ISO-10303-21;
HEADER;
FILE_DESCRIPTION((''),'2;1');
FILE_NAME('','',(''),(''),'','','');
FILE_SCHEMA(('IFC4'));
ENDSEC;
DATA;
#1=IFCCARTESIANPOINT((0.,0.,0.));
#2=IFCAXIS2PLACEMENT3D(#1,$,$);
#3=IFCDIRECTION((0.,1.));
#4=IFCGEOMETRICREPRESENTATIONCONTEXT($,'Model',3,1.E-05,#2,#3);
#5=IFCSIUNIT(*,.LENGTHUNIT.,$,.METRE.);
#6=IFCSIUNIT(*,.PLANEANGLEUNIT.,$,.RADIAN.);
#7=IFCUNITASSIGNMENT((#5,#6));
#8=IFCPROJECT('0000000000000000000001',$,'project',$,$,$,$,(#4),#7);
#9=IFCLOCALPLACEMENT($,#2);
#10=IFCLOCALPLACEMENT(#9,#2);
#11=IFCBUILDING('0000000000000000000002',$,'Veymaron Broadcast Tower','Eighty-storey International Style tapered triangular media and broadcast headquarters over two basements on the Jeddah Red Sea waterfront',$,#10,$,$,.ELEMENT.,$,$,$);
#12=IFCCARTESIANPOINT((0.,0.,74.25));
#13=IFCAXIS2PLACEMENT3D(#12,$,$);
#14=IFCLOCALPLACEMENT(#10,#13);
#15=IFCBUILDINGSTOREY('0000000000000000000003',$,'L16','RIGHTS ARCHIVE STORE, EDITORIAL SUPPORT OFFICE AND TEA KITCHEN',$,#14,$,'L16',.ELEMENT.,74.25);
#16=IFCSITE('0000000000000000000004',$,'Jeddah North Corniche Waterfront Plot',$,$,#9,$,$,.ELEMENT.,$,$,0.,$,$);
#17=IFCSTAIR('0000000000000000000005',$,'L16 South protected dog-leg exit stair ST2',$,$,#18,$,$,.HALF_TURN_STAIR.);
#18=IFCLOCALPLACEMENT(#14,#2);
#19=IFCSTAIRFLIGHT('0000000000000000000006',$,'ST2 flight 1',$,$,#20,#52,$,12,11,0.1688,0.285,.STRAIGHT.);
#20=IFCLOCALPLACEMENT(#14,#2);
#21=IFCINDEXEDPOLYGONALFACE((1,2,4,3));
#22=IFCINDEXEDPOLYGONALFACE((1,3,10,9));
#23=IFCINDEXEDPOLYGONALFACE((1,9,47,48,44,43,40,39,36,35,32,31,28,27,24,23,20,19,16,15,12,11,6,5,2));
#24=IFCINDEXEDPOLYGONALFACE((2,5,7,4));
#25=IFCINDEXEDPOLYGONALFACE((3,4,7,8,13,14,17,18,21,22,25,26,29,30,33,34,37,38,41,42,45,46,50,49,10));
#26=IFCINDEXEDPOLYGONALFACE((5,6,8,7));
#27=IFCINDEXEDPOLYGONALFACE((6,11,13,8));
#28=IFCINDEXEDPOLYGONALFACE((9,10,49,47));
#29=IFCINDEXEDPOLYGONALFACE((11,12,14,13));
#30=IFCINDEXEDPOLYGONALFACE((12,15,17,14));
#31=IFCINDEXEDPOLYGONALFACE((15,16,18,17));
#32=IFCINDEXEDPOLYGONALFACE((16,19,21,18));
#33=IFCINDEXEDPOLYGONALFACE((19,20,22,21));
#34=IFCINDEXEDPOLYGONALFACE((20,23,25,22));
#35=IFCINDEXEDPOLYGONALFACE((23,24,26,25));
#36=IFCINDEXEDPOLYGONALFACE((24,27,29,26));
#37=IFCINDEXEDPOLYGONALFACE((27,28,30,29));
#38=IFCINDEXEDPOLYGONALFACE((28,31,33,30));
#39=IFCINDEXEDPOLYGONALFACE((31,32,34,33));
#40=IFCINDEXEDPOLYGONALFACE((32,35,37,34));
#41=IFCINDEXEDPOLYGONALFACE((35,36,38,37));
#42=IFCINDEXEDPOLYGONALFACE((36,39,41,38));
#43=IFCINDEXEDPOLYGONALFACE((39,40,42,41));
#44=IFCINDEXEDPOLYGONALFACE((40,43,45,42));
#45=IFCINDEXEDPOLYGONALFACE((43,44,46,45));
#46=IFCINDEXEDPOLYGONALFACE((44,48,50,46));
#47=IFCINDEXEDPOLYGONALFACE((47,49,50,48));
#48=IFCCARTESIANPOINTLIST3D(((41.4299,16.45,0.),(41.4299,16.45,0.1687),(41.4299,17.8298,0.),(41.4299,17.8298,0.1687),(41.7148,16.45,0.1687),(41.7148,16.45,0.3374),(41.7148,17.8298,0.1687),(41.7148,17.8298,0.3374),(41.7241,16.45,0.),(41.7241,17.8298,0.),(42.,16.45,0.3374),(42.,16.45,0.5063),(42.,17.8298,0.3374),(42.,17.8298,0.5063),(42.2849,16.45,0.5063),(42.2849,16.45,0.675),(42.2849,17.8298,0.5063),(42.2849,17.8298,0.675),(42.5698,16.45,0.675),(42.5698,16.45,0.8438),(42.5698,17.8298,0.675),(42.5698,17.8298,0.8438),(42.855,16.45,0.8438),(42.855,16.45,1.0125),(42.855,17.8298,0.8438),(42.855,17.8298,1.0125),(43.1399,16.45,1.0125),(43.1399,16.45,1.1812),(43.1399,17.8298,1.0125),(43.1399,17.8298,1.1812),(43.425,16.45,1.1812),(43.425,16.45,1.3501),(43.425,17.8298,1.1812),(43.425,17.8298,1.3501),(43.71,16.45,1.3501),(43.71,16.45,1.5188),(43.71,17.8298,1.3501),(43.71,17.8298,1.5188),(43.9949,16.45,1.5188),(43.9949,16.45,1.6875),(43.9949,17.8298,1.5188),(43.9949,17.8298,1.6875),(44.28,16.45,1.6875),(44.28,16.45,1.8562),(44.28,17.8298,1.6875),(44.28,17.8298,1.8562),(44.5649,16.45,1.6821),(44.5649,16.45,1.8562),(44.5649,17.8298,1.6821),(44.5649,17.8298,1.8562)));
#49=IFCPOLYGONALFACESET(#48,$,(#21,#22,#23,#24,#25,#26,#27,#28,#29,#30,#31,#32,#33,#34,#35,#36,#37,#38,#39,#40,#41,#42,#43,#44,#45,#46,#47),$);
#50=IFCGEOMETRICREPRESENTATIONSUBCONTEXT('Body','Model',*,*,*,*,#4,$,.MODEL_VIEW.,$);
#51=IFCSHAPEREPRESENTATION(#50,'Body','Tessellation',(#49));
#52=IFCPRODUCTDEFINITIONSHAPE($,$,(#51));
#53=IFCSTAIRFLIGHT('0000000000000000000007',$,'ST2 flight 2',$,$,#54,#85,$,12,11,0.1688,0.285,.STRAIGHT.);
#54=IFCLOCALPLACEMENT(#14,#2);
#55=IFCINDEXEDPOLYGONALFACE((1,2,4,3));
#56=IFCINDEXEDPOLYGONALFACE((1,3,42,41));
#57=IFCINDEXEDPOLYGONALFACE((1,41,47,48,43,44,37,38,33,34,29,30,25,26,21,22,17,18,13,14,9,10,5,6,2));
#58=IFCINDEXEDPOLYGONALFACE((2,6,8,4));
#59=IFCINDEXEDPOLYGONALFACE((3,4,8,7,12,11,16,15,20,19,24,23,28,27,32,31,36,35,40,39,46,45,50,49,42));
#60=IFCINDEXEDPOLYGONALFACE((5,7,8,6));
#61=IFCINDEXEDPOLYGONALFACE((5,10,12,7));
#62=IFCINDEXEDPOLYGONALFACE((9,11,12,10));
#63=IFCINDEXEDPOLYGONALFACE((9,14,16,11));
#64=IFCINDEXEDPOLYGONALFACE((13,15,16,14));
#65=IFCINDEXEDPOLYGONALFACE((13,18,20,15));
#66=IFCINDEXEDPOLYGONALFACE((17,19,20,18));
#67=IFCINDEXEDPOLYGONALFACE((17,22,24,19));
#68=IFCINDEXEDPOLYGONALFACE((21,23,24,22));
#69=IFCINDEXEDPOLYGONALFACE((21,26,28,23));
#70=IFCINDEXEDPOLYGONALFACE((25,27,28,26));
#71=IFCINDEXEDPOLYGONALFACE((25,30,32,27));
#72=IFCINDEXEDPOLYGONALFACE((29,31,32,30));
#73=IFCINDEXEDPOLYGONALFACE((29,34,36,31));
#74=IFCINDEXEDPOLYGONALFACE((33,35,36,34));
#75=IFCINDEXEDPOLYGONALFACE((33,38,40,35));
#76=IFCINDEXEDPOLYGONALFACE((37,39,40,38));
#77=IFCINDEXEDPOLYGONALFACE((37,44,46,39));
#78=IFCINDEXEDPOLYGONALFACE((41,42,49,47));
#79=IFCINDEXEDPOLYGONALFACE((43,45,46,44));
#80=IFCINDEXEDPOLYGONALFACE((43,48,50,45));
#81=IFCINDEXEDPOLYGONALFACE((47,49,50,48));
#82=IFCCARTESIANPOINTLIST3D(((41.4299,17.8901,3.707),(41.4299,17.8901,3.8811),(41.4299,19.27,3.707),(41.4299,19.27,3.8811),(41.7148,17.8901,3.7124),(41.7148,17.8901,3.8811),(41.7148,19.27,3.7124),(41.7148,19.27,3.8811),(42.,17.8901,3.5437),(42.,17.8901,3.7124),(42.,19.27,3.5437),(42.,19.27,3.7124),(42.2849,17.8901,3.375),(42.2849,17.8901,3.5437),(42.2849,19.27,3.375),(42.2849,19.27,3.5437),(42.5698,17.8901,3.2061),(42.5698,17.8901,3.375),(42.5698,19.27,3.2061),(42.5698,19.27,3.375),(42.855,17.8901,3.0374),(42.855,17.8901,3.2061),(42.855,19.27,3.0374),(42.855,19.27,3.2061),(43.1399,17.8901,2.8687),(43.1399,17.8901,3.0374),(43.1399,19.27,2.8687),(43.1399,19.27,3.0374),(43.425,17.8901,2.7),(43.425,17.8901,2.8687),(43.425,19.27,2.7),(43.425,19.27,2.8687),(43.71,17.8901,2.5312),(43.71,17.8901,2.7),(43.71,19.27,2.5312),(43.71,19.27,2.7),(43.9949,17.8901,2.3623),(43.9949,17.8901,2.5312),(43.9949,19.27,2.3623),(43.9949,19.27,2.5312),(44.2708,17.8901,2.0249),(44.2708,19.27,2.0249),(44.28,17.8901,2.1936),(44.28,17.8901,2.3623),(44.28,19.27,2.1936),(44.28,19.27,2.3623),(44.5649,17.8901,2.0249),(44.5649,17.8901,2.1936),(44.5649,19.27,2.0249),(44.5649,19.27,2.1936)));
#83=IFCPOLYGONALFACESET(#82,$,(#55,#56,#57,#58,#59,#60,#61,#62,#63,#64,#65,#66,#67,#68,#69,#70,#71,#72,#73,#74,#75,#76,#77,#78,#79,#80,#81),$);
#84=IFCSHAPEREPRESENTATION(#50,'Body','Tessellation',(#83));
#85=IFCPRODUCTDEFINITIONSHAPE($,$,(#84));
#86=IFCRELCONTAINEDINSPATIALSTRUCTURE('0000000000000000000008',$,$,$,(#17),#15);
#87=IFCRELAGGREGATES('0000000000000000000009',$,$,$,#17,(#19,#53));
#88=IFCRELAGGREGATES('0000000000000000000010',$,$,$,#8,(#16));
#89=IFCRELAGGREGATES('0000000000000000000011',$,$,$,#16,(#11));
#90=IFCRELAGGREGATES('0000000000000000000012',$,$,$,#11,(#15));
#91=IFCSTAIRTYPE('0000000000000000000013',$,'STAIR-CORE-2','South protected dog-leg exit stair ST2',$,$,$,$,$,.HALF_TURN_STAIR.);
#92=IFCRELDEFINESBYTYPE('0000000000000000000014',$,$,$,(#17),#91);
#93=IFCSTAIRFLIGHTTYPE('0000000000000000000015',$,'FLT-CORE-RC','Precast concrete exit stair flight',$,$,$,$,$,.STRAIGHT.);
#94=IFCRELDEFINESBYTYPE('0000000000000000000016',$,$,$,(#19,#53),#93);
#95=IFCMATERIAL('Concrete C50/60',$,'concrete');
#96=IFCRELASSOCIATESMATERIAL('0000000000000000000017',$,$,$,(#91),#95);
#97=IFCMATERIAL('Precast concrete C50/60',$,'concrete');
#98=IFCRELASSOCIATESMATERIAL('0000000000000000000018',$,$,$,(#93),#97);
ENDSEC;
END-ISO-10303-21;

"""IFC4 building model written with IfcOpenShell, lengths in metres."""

from ifc_helpers import new_model, si_unit, direction, frame, origin, place, context, subcontext, project, spatial, polyline, outline, extrude, material, type_object, element, aggregate, save


model = new_model("IFC4")

# Units and contexts
model_context = context("Model", 3, precision=1e-05, world=origin(), true_north=direction((0.0, 1.0)))
body_context = subcontext(model_context, "Body", "Model", "MODEL_VIEW")
ifc_project = project(units=[si_unit("LENGTHUNIT", "METRE"), si_unit("PLANEANGLEUNIT", "RADIAN")], contexts=[model_context])

# Site, building, storey
site_placement = place(None, origin())
site = spatial("IfcSite", under=ifc_project, at=site_placement, Name="Jeddah North Corniche Waterfront Plot", CompositionType="ELEMENT", RefElevation=0.0)
building_placement = place(site_placement, origin())
building = spatial("IfcBuilding", under=site, at=building_placement, Name="Veymaron Broadcast Tower", Description="Eighty-storey International Style tapered triangular media and broadcast headquarters over two basements on the Jeddah Red Sea waterfront", CompositionType="ELEMENT")
storey_placement = place(building_placement, frame((0.0, 0.0, 74.25)))
storey = spatial("IfcBuildingStorey", under=building, at=storey_placement, Name="L16", Description="RIGHTS ARCHIVE STORE, EDITORIAL SUPPORT OFFICE AND TEA KITCHEN", LongName="L16", CompositionType="ELEMENT", Elevation=74.25)

# Shared definitions
ifc_material_1 = material(Name="Concrete C50/60", Category="concrete")

# Stair, stair flights
stair_type = type_object("IfcStairType", Name="STAIR-CORE-2", Description="South protected dog-leg exit stair ST2", PredefinedType="HALF_TURN_STAIR", material=ifc_material_1)
stair_placement = place(storey_placement, origin())
stair = element("IfcStair", 1, at=stair_placement, inside=storey, type_object=stair_type, Name="L16 South protected dog-leg exit stair ST2", PredefinedType="HALF_TURN_STAIR")
ifc_material_2 = material(Name="Precast concrete C50/60", Category="concrete")
stair_flight_type = type_object("IfcStairFlightType", Name="FLT-CORE-RC", Description="Precast concrete exit stair flight", PredefinedType="STRAIGHT", material=ifc_material_2)
stair_flight_1_placement = place(storey_placement, frame((41.4299, 17.1399, 0.0), z_axis=(0.0, 0.0, 1.0), x_axis=(1.0, 0.0, 0.0)))
stair_flight_1 = element("IfcStairFlight", 2, at=stair_flight_1_placement, type_object=stair_flight_type, Name="ST2 flight 1", NumberOfRisers=12, NumberOfTreads=11, PredefinedType="STRAIGHT", RiserHeight=0.1688, TreadLength=0.285, context=body_context, shape_type="SweptSolid", body=[
    extrude(outline(polyline([(0.0, 0.0), (0.0, 0.1687), (0.2849, 0.1687), (0.2849, 0.3374), (0.5701, 0.3374), (0.5701, 0.5063), (0.855, 0.5063), (0.855, 0.675), (1.1399, 0.675), (1.1399, 0.8438), (1.425, 0.8438), (1.425, 1.0125), (1.71, 1.0125), (1.71, 1.1812), (1.9951, 1.1812), (1.9951, 1.3501), (2.28, 1.3501), (2.28, 1.5188), (2.5649, 1.5188), (2.5649, 1.6875), (2.8501, 1.6875), (2.8501, 1.8562), (3.135, 1.8562), (3.135, 2.0249), (3.135, 1.6821), (0.2942, 0.0), (0.0, 0.0)])), frame((0.0, 0.6899, 0.0), z_axis=(0.0, -1.0, 0.0), x_axis=(1.0, 0.0, 0.0)), (0.0, 0.0, 1.0), 1.3799),
])
stair_flight_2_placement = place(storey_placement, frame((44.5649, 18.5801, 2.0249), z_axis=(0.0, 0.0, 1.0), x_axis=(-1.0, 0.0, 0.0)))
stair_flight_2 = element("IfcStairFlight", 3, at=stair_flight_2_placement, type_object=stair_flight_type, Name="ST2 flight 2", NumberOfRisers=12, NumberOfTreads=11, PredefinedType="STRAIGHT", RiserHeight=0.1688, TreadLength=0.285, context=body_context, shape_type="SweptSolid", body=[
    extrude(outline(polyline([(0.0, 0.0), (0.0, 0.1687), (0.2849, 0.1687), (0.2849, 0.3374), (0.5701, 0.3374), (0.5701, 0.5063), (0.855, 0.5063), (0.855, 0.675), (1.1399, 0.675), (1.1399, 0.8438), (1.425, 0.8438), (1.425, 1.0125), (1.71, 1.0125), (1.71, 1.1812), (1.9951, 1.1812), (1.9951, 1.3501), (2.28, 1.3501), (2.28, 1.5188), (2.5649, 1.5188), (2.5649, 1.6875), (2.8501, 1.6875), (2.8501, 1.8562), (3.135, 1.8562), (3.135, 2.0249), (3.135, 1.6821), (0.2942, 0.0), (0.0, 0.0)])), frame((0.0, 0.6899, 0.0), z_axis=(0.0, -1.0, 0.0), x_axis=(1.0, 0.0, 0.0)), (0.0, 0.0, 1.0), 1.3799),
])
aggregate(stair, [stair_flight_1, stair_flight_2])

save(model, "model.ifc")
